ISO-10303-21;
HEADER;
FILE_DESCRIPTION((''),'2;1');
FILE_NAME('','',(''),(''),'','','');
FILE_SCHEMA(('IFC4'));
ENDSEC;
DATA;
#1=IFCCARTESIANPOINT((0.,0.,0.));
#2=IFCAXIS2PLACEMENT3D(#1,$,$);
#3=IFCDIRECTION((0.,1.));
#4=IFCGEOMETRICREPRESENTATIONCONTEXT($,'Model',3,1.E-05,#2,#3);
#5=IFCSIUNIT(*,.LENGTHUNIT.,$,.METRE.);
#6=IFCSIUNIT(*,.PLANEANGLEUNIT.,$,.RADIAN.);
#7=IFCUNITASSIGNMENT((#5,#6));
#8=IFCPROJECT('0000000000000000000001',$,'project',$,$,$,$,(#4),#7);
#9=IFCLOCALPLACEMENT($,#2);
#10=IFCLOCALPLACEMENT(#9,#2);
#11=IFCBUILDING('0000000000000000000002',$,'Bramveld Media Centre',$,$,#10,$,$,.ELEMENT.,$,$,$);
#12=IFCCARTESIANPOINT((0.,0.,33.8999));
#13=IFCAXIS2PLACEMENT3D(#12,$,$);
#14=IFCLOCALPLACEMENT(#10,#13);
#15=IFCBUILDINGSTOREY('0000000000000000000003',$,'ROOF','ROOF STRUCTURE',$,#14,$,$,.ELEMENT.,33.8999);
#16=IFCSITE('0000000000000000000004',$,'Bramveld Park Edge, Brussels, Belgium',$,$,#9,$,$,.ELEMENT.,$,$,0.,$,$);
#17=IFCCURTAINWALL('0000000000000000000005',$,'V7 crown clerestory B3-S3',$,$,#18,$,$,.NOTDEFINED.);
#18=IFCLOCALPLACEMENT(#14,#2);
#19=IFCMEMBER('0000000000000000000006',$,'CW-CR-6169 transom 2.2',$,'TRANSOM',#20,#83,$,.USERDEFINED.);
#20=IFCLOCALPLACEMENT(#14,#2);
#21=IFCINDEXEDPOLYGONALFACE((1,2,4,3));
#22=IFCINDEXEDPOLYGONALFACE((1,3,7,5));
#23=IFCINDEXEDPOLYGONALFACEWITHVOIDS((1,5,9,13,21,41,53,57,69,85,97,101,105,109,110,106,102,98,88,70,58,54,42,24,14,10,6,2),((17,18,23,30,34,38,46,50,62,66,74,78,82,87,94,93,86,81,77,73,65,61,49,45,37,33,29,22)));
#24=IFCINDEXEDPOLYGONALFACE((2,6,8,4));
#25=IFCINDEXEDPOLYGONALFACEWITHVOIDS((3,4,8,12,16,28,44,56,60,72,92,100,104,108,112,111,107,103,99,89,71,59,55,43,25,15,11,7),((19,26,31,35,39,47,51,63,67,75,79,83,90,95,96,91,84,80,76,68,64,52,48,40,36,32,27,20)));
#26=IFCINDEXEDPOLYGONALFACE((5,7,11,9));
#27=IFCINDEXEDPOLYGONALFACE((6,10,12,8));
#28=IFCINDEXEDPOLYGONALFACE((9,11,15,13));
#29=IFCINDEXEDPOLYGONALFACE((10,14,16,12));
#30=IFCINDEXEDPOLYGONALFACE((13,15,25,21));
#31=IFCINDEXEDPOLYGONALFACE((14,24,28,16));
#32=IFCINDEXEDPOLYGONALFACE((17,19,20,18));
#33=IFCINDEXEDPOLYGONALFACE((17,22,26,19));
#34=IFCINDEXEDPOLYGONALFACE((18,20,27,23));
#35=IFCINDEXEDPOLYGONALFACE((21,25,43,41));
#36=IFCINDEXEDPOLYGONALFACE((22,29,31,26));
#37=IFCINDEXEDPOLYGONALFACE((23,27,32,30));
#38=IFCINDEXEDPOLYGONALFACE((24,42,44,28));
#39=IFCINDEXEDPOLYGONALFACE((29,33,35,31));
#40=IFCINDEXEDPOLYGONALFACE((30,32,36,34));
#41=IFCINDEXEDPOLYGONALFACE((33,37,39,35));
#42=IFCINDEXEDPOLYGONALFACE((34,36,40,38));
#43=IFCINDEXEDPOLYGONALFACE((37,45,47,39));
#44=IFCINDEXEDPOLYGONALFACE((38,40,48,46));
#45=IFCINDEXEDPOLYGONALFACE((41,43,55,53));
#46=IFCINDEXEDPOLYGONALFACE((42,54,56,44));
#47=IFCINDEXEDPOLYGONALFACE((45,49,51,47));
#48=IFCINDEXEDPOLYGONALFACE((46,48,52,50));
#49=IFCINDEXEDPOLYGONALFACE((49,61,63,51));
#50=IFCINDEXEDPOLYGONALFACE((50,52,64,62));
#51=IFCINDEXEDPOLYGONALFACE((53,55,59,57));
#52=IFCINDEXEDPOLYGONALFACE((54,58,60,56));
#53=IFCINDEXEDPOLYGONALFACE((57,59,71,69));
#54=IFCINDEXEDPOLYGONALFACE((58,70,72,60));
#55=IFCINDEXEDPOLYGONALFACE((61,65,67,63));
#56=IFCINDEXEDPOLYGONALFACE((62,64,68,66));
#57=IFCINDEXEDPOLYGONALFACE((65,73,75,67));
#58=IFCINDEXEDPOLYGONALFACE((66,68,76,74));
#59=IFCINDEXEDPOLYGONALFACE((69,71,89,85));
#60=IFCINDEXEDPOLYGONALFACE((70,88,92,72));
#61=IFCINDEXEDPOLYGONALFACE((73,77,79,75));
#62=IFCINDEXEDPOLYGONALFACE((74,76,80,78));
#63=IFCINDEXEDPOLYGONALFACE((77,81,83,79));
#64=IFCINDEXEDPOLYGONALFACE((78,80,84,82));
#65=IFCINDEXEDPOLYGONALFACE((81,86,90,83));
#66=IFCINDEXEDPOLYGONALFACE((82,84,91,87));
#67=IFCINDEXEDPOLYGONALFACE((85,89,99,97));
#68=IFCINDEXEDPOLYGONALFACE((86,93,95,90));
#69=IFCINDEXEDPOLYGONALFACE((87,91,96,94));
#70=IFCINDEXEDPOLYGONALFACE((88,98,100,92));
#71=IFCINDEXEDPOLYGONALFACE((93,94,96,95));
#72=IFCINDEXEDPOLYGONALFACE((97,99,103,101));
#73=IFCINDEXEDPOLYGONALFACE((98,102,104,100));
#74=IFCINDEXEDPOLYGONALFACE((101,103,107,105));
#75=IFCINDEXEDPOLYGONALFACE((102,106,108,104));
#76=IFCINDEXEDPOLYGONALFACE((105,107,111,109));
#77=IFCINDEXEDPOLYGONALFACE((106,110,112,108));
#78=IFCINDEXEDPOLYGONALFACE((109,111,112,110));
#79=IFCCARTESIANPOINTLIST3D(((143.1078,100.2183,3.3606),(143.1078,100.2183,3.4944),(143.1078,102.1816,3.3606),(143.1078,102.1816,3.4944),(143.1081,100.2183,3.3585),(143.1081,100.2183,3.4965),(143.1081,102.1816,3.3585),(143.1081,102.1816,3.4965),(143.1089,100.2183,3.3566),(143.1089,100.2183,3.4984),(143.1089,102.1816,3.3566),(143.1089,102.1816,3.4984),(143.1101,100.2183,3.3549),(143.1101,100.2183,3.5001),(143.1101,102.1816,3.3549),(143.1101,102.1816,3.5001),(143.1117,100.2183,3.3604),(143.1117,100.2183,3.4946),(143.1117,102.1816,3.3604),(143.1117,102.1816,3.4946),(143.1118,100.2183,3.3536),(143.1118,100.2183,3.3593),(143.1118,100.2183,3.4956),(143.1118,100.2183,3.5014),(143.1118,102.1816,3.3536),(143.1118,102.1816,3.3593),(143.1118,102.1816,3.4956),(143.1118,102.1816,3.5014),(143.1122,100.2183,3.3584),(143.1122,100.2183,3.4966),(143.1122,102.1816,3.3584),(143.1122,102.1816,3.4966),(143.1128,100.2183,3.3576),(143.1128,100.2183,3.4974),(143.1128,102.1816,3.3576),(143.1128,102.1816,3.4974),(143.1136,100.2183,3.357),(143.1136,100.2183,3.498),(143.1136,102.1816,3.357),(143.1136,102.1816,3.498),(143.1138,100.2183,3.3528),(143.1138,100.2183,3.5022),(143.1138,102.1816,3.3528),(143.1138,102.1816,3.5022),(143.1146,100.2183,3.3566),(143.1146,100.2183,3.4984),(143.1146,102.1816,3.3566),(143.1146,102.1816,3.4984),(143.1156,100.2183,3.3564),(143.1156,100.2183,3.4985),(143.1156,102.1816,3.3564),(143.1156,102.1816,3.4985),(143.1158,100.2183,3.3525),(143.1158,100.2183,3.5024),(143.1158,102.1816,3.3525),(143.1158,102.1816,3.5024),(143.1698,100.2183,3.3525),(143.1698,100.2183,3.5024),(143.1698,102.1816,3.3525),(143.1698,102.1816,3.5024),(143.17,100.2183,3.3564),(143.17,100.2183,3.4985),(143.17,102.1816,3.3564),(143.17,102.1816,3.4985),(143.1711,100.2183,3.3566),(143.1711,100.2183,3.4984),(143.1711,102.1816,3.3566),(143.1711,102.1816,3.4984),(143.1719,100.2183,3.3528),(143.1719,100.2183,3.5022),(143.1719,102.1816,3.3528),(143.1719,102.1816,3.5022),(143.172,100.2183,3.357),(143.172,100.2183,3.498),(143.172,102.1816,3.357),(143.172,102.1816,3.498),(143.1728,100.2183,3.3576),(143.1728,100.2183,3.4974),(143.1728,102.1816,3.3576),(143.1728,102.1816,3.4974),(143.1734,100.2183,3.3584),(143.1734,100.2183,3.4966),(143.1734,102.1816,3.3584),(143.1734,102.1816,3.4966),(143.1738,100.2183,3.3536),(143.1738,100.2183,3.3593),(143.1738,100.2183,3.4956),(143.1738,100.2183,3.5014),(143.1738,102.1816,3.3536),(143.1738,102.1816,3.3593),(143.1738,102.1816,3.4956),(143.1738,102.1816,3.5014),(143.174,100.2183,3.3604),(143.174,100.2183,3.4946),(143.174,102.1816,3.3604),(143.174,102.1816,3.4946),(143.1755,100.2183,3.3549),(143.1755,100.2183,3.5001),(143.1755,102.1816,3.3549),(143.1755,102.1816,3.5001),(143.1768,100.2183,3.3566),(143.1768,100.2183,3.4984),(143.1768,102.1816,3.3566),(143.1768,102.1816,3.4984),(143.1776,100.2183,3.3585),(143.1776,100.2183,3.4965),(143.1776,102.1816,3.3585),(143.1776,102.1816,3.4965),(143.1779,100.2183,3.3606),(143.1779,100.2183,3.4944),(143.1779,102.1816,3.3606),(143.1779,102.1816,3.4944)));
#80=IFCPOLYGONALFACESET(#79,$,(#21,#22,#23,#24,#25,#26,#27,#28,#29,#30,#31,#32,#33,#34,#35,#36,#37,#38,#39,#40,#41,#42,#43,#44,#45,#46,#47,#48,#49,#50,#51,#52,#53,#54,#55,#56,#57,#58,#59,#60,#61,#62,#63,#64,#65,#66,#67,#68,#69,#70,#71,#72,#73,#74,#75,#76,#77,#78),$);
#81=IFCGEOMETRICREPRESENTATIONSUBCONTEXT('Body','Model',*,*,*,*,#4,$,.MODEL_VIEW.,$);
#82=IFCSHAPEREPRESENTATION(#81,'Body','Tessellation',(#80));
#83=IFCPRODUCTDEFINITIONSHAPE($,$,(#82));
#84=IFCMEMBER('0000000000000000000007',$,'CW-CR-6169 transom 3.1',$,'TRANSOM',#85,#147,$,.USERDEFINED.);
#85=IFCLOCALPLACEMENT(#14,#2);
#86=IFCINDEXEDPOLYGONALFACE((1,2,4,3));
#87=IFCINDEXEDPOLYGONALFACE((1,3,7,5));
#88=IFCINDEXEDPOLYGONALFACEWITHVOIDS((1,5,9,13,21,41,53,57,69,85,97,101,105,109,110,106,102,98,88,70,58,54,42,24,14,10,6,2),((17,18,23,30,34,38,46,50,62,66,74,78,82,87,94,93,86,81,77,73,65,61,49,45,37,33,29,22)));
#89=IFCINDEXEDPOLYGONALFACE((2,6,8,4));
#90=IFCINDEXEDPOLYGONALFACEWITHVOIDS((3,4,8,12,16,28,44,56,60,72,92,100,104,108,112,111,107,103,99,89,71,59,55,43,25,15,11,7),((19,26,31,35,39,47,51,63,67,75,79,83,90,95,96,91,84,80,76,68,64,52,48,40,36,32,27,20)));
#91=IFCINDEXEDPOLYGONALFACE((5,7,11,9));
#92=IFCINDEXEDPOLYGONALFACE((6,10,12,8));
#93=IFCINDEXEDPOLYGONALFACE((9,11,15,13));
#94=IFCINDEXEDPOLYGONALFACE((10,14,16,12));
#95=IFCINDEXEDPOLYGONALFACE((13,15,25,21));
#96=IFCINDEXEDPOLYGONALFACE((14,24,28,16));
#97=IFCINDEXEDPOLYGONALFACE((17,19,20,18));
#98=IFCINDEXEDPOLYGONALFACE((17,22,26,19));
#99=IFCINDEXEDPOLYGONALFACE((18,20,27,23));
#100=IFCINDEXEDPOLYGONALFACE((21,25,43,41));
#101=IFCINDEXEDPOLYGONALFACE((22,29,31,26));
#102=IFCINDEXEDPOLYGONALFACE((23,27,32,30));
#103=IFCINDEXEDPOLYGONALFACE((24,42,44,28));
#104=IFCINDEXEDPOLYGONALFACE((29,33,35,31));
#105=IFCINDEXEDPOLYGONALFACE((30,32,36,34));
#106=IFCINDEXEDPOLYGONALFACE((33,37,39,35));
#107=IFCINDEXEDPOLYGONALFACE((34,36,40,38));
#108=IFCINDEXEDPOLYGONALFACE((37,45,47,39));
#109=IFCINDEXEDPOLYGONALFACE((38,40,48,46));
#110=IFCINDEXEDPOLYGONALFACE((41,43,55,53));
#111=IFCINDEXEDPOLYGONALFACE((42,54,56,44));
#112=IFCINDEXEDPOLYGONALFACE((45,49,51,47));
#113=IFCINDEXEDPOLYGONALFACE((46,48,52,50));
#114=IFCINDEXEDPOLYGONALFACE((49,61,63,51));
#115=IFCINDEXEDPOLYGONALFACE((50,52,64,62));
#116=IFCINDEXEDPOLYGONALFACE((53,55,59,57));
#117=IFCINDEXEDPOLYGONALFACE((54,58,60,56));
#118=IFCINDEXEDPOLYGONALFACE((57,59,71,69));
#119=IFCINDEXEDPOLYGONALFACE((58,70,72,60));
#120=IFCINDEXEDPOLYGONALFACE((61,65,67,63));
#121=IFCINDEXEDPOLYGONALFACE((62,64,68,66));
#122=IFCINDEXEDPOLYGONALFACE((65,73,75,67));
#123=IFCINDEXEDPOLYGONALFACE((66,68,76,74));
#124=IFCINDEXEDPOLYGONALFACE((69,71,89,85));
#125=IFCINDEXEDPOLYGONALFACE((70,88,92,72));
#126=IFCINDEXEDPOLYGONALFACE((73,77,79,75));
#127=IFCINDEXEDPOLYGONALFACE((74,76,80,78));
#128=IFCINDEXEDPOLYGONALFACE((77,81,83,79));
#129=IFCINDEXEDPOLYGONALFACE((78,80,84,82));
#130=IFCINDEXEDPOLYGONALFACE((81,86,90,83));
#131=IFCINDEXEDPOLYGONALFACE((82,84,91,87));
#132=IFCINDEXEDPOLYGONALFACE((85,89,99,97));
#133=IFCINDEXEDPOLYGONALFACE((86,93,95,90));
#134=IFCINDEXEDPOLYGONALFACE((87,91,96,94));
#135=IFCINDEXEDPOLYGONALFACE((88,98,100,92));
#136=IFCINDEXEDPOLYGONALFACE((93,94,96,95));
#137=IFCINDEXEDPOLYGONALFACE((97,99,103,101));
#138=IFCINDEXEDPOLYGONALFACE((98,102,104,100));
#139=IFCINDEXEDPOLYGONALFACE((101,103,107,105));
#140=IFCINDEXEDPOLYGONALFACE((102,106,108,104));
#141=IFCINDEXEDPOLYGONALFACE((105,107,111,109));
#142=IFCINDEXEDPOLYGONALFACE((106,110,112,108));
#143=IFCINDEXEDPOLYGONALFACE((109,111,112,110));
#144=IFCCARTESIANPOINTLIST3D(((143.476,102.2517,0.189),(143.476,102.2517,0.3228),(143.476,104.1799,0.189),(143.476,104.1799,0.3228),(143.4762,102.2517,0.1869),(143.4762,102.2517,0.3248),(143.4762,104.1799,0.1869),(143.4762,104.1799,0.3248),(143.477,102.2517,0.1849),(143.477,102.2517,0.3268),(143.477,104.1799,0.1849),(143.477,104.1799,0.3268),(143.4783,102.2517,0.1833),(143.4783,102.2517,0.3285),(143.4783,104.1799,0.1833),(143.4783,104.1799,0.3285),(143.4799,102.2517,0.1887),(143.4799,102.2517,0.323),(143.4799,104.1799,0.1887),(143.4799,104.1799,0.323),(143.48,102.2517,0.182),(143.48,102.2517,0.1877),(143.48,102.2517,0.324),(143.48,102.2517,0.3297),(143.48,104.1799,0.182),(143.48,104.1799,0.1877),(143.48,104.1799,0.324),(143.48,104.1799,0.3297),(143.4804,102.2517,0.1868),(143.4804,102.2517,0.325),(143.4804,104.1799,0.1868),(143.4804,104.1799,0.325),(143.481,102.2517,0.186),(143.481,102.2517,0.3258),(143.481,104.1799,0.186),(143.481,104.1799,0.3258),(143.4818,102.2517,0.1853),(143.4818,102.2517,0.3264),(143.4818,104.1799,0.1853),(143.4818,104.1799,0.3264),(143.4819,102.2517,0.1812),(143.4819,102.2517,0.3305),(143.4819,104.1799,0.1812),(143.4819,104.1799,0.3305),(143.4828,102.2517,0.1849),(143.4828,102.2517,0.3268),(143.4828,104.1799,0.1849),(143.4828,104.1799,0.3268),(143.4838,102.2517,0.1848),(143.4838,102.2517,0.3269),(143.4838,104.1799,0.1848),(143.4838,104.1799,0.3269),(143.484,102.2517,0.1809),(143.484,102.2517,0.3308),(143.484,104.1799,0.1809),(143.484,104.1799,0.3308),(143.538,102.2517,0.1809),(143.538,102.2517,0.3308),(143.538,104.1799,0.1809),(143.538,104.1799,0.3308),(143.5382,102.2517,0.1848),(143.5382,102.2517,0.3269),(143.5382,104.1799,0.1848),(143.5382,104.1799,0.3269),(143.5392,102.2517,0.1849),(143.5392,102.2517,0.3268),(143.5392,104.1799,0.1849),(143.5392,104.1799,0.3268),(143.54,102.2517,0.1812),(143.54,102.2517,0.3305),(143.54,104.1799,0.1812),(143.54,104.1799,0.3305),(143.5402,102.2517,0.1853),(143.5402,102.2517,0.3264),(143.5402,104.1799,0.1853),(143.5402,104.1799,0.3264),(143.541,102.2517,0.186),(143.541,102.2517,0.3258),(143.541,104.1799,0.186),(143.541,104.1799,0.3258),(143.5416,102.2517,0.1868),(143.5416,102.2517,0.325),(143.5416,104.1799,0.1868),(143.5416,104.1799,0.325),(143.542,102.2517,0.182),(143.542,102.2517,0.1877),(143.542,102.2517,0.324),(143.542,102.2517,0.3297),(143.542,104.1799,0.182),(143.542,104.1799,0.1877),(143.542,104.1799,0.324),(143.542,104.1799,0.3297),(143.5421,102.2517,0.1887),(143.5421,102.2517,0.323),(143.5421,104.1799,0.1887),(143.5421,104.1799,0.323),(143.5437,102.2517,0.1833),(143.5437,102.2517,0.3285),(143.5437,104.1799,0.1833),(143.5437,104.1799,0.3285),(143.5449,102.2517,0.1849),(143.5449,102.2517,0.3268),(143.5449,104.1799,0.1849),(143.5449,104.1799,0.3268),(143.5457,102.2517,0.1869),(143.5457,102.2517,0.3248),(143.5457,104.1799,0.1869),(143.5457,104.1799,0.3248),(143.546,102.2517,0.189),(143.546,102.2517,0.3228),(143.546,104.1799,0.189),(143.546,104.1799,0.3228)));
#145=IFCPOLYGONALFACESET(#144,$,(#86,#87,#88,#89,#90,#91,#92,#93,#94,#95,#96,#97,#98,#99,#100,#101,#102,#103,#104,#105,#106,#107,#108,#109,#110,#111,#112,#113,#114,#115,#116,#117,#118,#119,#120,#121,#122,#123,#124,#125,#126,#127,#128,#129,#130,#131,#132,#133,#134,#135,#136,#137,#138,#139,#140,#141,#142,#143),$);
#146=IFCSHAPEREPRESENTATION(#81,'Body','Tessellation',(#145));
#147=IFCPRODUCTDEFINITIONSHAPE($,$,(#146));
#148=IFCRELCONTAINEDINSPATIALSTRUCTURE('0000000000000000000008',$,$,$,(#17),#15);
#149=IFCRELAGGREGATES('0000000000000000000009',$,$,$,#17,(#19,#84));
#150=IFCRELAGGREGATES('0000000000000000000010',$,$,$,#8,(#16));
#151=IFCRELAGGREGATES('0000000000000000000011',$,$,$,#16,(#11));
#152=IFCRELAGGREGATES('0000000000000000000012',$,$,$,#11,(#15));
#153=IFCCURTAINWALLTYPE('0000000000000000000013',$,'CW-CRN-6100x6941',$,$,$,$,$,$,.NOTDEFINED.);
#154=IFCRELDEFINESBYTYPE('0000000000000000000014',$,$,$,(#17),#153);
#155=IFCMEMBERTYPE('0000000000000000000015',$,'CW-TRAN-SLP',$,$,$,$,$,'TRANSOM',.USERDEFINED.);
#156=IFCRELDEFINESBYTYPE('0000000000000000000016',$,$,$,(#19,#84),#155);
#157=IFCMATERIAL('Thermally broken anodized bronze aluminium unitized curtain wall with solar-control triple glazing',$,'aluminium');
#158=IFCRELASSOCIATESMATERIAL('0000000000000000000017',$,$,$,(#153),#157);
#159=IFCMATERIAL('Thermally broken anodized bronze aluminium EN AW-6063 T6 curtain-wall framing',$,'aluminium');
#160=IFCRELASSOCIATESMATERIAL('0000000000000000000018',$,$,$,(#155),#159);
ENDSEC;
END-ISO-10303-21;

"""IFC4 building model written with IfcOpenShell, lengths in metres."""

from ifc_helpers import new_model, si_unit, direction, frame, origin, origin_2d, place, context, subcontext, project, spatial, hollow_rectangle, extrude, material, material_profile, profile_set, type_object, element, aggregate, save


model = new_model("IFC4")

# Units and contexts
model_context = context("Model", 3, precision=1e-05, world=origin(), true_north=direction((0.0, 1.0)))
body_context = subcontext(model_context, "Body", "Model", "MODEL_VIEW")
ifc_project = project(units=[si_unit("LENGTHUNIT", "METRE"), si_unit("PLANEANGLEUNIT", "RADIAN")], contexts=[model_context])

# Site, building, storey
site_placement = place(None, origin())
site = spatial("IfcSite", under=ifc_project, at=site_placement, Name="Bramveld Park Edge, Brussels, Belgium", CompositionType="ELEMENT", RefElevation=0.0)
building_placement = place(site_placement, origin())
building = spatial("IfcBuilding", under=site, at=building_placement, Name="Bramveld Media Centre", CompositionType="ELEMENT")
storey_placement = place(building_placement, frame((0.0, 0.0, 33.8999)))
storey = spatial("IfcBuildingStorey", under=building, at=storey_placement, Name="ROOF", Description="ROOF STRUCTURE", CompositionType="ELEMENT", Elevation=33.8999)

# Curtain wall, members
ifc_material_1 = material(Name="Thermally broken anodized bronze aluminium unitized curtain wall with solar-control triple glazing", Category="aluminium")
curtain_wall_type = type_object("IfcCurtainWallType", Name="CW-CRN-6100x6941", PredefinedType="NOTDEFINED", material=ifc_material_1)
curtain_wall_1_placement = place(storey_placement, origin())
curtain_wall_1 = element("IfcCurtainWall", 1, at=curtain_wall_1_placement, inside=storey, type_object=curtain_wall_type, Name="V7 crown clerestory B3-S3", PredefinedType="NOTDEFINED")
ifc_material_2 = material(Name="Thermally broken anodized bronze aluminium EN AW-6063 T6 curtain-wall framing", Category="aluminium")
ifc_material_profile_1 = material_profile(ifc_material_2, hollow_rectangle(XDim=0.0701, YDim=0.1499, WallThickness=0.0039, InnerFilletRadius=0.0039, OuterFilletRadius=0.0081, at=origin_2d()), Name="AL-TRAN 70x150")
ifc_profile_set_1 = profile_set([ifc_material_profile_1], Name="Thermally broken anodized bronze aluminium EN AW-6063 T6 curtain-wall framing")
member_type_1 = type_object("IfcMemberType", Name="CW-TRAN-SLP", ElementType="TRANSOM", PredefinedType="USERDEFINED", material=ifc_profile_set_1)
member_1_placement = place(storey_placement, frame((143.1428, 100.2183, 3.4275), z_axis=(0.0, 1.0, 0.0), x_axis=(-1.0, 0.0, 0.0)))
member_1 = element("IfcMember", 2, at=member_1_placement, type_object=member_type_1, Name="CW-CR-6169 transom 2.2", ObjectType="TRANSOM", PredefinedType="USERDEFINED", context=body_context, shape_type="SweptSolid", body=[
    extrude(hollow_rectangle(XDim=0.0701, YDim=0.1499, WallThickness=0.0039, InnerFilletRadius=0.0039, OuterFilletRadius=0.0081, at=origin_2d()), origin(), (0.0, 0.0, 1.0), 1.9634),
])
member_2_placement = place(storey_placement, frame((143.511, 102.2517, 0.2559), z_axis=(0.0, 1.0, 0.0), x_axis=(-1.0, 0.0, 0.0)))
member_2 = element("IfcMember", 3, at=member_2_placement, type_object=member_type_1, Name="CW-CR-6169 transom 3.1", ObjectType="TRANSOM", PredefinedType="USERDEFINED", context=body_context, shape_type="SweptSolid", body=[
    extrude(hollow_rectangle(XDim=0.0701, YDim=0.1499, WallThickness=0.0039, InnerFilletRadius=0.0039, OuterFilletRadius=0.0081, at=origin_2d()), origin(), (0.0, 0.0, 1.0), 1.9282),
])

aggregate(curtain_wall_1, [member_1, member_2])

save(model, "model.ifc")
